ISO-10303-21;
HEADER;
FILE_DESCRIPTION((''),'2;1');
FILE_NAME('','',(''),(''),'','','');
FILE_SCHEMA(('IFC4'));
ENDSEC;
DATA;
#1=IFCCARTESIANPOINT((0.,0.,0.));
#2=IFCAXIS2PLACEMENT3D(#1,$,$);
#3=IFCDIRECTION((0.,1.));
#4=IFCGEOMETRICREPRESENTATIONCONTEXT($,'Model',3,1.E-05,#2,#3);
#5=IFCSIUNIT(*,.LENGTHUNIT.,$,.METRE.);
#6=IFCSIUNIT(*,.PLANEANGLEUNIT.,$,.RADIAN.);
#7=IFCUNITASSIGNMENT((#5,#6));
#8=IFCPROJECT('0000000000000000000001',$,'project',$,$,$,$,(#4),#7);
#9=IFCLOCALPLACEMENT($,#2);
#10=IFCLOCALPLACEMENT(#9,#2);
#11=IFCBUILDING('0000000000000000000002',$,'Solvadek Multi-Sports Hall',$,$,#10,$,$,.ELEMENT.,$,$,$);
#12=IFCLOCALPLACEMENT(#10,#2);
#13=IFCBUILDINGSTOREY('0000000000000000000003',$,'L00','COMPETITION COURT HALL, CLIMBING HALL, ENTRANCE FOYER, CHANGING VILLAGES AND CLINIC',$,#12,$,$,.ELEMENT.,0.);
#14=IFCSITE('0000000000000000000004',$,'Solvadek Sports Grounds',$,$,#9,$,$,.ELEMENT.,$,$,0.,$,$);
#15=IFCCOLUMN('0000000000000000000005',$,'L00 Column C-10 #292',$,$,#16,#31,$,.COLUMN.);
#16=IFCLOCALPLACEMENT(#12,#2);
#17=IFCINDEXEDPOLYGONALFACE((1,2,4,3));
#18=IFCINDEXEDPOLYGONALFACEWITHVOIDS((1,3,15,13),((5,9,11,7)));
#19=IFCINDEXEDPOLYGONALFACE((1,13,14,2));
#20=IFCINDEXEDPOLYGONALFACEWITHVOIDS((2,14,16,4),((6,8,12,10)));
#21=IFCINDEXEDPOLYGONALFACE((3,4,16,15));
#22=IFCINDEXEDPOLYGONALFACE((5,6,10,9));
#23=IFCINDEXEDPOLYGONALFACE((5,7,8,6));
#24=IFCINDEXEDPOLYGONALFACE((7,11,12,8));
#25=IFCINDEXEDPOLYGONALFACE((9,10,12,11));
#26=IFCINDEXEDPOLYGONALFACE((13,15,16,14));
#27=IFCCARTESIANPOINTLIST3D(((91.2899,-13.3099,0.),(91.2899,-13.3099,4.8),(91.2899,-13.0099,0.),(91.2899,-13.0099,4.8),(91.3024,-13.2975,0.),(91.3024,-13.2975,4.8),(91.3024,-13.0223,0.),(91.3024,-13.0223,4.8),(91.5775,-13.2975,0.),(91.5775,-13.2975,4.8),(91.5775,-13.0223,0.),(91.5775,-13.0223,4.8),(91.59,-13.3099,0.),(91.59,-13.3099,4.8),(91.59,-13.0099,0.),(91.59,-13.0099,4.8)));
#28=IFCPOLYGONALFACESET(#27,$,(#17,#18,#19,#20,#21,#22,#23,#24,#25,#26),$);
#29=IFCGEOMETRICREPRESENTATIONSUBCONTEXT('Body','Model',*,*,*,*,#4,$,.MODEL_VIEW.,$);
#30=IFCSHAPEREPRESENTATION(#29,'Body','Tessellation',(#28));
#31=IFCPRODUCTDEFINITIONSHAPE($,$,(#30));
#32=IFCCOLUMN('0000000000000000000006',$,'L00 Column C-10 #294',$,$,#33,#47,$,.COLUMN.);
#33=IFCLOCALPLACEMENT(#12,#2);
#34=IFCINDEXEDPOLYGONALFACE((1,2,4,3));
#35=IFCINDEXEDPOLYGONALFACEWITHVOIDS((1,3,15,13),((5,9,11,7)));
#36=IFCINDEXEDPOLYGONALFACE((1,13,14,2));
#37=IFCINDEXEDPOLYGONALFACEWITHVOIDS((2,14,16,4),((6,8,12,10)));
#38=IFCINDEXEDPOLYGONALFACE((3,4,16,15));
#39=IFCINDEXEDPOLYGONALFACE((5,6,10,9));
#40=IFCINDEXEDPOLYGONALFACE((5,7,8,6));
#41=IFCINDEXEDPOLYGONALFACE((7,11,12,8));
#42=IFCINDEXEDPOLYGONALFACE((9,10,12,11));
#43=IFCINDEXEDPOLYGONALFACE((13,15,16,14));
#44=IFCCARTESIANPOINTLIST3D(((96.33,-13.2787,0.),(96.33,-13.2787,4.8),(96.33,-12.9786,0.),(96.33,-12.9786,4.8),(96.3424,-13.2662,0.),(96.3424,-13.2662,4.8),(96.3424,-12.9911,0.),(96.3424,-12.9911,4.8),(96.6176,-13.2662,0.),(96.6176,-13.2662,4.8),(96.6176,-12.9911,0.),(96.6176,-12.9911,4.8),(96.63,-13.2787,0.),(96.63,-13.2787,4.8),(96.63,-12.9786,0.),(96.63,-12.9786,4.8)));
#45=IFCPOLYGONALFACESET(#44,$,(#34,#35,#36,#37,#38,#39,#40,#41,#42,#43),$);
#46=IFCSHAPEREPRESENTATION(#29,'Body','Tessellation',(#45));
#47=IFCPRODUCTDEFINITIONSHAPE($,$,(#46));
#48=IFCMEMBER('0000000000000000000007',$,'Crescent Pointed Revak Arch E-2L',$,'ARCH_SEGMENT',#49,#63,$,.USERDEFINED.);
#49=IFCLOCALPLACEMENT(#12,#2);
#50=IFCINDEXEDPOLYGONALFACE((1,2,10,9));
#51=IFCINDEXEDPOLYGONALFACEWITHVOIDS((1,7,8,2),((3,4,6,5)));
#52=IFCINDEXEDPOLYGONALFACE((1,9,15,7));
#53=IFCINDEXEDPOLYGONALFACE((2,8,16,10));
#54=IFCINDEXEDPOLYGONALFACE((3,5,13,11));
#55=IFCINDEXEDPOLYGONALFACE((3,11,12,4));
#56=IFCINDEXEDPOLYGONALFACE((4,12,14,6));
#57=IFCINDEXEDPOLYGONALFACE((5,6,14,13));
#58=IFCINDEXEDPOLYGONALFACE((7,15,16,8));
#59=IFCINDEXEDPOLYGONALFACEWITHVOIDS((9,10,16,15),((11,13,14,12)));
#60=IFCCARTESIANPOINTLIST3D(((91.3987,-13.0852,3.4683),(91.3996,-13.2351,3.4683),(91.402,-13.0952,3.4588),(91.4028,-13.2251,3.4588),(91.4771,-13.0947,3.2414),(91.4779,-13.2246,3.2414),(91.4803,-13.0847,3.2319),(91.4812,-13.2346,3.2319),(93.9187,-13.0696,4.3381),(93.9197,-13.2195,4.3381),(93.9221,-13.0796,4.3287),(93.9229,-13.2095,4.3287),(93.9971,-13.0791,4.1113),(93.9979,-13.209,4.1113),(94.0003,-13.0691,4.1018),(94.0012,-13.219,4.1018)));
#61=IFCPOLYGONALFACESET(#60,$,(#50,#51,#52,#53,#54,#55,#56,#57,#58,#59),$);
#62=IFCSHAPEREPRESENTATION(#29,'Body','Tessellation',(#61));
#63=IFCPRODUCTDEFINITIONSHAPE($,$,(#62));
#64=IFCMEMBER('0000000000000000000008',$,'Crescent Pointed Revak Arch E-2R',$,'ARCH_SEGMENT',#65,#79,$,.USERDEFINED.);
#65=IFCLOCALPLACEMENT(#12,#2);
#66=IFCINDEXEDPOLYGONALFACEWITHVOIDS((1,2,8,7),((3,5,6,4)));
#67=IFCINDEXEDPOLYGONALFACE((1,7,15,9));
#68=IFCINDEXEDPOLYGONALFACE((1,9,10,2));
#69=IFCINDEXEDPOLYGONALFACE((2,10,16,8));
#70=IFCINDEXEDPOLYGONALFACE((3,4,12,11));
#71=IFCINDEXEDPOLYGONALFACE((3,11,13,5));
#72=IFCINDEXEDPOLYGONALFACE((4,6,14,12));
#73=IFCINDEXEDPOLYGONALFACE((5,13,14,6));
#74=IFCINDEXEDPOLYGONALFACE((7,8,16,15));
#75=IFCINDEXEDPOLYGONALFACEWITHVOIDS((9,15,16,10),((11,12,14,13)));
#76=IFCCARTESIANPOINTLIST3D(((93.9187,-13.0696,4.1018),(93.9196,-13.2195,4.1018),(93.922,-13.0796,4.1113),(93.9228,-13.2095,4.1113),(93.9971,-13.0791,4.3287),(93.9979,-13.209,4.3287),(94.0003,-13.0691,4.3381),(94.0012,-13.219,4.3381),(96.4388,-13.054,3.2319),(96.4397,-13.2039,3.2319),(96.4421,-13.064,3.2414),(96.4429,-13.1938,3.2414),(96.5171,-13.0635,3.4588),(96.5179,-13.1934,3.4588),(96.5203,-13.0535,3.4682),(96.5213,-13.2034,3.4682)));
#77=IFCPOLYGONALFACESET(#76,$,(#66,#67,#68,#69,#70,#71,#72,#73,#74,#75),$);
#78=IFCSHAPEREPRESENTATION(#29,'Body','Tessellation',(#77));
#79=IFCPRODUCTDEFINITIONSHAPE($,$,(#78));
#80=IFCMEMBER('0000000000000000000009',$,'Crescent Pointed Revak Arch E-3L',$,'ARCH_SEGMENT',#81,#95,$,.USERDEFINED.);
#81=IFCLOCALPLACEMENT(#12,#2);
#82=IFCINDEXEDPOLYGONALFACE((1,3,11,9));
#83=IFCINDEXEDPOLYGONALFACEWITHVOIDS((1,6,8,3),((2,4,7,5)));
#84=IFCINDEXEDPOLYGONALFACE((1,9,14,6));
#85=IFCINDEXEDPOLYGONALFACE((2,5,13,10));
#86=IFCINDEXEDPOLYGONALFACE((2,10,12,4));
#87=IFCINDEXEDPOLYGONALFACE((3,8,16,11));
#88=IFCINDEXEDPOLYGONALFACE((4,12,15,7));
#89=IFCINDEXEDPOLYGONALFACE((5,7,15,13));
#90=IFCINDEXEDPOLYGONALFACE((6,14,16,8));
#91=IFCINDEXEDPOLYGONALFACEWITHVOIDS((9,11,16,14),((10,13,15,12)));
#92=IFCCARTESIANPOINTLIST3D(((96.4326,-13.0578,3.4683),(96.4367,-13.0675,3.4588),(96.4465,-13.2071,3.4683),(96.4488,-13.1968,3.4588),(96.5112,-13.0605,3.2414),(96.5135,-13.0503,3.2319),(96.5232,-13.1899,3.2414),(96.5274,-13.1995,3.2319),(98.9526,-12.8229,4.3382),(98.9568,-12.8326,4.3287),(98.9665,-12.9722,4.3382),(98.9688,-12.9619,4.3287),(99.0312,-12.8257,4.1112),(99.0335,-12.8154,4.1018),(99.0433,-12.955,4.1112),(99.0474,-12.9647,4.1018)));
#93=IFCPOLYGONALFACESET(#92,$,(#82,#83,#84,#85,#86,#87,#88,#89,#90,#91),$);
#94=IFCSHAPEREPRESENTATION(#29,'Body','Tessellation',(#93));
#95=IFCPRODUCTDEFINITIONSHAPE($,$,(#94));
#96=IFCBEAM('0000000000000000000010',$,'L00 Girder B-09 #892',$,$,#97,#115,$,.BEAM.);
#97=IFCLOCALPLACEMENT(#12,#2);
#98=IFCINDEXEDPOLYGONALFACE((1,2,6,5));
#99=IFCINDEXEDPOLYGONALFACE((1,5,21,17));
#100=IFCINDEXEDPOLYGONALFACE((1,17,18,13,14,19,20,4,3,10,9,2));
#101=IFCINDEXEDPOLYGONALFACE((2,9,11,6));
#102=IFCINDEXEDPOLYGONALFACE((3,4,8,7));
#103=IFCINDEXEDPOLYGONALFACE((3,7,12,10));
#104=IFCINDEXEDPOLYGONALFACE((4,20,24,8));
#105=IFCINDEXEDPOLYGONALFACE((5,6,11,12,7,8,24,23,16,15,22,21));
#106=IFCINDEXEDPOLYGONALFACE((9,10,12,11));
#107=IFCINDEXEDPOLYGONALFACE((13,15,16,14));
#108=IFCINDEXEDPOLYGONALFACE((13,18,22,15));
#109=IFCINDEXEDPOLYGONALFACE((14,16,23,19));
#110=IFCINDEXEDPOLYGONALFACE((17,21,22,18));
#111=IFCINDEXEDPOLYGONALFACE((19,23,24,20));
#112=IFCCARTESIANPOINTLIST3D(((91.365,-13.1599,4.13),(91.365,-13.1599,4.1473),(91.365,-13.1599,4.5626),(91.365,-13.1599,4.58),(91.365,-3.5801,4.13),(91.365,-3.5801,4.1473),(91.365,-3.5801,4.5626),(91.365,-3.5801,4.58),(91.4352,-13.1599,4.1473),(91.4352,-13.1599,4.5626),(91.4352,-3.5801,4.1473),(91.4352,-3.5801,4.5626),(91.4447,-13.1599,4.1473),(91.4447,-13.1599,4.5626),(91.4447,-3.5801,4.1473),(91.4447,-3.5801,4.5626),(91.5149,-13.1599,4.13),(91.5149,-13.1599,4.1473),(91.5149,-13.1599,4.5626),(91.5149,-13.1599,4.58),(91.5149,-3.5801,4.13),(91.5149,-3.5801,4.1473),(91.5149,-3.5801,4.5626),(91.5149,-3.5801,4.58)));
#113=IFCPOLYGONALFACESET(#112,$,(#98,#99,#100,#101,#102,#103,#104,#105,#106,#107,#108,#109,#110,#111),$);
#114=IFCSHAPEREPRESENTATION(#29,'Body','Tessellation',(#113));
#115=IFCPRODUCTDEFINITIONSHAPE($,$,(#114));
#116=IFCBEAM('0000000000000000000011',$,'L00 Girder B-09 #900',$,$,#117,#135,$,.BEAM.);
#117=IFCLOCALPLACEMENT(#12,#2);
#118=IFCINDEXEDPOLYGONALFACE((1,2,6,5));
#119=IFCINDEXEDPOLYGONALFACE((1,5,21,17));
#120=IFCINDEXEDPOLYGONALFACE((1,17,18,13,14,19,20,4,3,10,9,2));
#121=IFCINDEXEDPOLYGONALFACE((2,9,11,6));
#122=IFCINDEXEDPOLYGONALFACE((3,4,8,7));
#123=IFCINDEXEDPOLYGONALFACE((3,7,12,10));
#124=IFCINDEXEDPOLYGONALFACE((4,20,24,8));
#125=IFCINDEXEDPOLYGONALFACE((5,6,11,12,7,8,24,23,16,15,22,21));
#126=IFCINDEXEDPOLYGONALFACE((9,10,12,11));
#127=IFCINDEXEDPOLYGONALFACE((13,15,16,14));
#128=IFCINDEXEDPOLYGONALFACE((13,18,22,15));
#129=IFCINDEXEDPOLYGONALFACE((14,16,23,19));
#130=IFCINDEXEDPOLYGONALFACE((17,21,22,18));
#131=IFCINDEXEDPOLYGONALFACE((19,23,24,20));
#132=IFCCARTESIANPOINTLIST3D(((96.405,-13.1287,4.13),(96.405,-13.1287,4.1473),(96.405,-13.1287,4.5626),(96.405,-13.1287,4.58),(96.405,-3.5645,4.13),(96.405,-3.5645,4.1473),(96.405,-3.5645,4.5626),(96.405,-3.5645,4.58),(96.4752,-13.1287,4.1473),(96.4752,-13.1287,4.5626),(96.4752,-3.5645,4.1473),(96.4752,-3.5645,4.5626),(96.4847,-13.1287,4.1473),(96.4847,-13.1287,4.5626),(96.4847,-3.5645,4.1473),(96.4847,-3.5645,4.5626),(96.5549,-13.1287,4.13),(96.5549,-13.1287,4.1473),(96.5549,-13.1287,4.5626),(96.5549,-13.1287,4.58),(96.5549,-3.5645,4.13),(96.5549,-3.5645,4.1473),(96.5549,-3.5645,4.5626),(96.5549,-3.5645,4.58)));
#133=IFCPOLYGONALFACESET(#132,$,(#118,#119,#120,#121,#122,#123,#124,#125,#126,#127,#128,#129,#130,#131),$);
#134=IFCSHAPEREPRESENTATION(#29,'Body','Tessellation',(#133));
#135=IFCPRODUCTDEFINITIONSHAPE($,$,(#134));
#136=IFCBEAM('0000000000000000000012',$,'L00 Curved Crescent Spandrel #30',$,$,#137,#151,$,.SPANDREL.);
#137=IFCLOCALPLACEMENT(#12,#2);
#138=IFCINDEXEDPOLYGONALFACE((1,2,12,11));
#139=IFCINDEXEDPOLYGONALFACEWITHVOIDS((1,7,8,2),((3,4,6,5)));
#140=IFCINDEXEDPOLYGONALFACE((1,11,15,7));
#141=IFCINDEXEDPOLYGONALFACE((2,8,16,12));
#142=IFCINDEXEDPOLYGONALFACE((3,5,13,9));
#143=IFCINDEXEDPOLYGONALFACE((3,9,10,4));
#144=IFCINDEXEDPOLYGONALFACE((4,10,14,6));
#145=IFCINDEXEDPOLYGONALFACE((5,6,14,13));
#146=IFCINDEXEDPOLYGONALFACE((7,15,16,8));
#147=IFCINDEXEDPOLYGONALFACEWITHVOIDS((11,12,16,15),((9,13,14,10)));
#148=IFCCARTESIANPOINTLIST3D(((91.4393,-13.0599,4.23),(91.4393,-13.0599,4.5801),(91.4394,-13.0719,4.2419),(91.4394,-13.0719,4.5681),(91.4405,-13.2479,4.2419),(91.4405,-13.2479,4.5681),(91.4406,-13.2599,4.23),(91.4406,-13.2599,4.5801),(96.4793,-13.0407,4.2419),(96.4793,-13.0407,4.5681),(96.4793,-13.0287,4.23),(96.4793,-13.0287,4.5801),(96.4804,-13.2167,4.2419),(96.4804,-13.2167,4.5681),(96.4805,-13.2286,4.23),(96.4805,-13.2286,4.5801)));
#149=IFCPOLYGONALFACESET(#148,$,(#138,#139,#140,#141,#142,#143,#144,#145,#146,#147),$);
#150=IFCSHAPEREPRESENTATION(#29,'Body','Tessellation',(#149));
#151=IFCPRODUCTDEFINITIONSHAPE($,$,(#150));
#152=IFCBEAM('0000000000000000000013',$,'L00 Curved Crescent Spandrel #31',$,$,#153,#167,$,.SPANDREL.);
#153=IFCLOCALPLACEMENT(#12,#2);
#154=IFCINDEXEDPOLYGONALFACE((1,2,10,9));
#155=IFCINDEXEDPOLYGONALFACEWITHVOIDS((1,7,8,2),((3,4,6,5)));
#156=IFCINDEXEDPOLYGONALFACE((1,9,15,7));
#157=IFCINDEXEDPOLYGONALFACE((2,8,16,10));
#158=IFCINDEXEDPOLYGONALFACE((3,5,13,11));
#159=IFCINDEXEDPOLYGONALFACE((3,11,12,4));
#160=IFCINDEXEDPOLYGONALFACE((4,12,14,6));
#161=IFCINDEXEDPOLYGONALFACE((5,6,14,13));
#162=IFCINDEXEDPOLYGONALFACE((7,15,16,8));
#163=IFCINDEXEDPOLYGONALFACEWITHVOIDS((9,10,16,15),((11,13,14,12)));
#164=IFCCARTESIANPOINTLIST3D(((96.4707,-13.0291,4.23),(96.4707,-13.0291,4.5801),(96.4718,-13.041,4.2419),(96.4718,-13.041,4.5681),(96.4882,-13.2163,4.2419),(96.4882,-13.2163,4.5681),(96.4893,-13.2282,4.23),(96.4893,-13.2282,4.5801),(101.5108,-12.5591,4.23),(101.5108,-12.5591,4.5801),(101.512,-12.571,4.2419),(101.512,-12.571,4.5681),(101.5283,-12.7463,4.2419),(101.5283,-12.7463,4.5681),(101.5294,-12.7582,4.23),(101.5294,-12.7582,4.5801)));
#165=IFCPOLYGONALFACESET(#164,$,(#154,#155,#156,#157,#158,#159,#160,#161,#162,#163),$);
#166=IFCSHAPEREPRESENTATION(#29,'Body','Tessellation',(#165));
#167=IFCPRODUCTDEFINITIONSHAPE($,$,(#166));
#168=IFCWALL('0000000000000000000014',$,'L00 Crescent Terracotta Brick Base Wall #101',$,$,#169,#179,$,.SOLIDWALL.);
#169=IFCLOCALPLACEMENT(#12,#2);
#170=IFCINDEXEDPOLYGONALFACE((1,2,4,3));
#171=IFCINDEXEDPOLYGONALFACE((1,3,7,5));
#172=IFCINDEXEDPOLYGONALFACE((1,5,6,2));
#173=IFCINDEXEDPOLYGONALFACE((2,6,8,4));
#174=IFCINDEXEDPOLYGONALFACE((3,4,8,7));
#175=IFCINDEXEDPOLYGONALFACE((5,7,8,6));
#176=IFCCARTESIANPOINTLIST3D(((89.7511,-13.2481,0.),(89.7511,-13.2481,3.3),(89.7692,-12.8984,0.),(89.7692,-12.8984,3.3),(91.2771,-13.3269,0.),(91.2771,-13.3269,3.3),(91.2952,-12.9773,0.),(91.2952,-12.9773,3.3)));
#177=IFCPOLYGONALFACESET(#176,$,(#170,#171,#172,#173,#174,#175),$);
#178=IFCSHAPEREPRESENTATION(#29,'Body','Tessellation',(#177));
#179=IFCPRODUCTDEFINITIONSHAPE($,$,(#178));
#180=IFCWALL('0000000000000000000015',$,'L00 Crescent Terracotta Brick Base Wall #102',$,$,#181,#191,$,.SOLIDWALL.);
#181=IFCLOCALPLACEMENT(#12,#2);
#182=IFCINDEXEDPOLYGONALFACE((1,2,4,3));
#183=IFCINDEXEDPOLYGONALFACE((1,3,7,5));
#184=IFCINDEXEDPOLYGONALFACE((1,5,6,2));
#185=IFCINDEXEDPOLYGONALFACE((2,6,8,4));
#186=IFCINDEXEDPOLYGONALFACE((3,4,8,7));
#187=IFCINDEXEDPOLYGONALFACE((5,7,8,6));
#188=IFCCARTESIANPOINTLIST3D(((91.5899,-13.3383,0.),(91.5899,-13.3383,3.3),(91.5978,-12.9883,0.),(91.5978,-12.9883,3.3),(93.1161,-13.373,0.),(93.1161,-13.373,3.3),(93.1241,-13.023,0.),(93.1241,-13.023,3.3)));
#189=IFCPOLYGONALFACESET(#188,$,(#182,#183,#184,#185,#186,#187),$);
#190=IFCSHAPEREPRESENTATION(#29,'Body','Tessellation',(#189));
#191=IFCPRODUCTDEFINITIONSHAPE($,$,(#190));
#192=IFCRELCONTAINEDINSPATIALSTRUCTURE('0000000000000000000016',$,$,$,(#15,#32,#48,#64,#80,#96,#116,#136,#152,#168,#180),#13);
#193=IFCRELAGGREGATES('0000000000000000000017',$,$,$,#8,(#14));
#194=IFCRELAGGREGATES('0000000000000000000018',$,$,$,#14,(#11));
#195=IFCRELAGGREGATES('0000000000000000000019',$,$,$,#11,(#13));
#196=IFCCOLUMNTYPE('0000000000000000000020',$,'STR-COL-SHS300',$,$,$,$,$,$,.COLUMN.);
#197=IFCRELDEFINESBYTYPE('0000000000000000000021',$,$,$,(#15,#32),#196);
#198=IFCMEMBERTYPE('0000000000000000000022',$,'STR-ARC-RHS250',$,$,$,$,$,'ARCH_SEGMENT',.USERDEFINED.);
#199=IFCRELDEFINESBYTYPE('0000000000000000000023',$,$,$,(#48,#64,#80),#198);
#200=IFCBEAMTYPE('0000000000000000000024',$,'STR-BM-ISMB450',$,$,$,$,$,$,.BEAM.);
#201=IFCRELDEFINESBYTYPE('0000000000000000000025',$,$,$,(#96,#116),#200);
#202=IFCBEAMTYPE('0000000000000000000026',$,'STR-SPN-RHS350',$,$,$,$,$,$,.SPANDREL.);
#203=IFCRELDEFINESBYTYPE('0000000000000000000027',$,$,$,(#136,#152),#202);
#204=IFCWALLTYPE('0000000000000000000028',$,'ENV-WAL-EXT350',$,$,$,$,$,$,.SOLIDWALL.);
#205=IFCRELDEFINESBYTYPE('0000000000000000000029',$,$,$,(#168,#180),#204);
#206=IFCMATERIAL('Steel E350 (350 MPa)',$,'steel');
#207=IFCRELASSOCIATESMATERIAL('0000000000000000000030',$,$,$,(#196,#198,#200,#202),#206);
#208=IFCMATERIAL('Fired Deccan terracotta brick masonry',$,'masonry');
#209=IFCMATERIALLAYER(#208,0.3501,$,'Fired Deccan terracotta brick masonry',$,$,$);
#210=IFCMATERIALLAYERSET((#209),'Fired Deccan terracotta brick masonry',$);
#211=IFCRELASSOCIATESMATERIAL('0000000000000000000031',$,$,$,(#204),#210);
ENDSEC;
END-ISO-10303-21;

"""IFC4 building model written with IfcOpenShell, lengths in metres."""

from ifc_helpers import new_model, si_unit, direction, frame, frame_2d, origin, origin_2d, place, context, subcontext, project, spatial, rectangle, hollow_rectangle, i_section, extrude, material, layer, layer_set, material_profile, profile_set, type_object, element, save


model = new_model("IFC4")

# Units and contexts
model_context = context("Model", 3, precision=1e-05, world=origin(), true_north=direction((0.0, 1.0)))
body_context = subcontext(model_context, "Body", "Model", "MODEL_VIEW")
ifc_project = project(units=[si_unit("LENGTHUNIT", "METRE"), si_unit("PLANEANGLEUNIT", "RADIAN")], contexts=[model_context])

# Site, building, storey
site_placement = place(None, origin())
site = spatial("IfcSite", under=ifc_project, at=site_placement, Name="Solvadek Sports Grounds", CompositionType="ELEMENT", RefElevation=0.0)
building_placement = place(site_placement, origin())
building = spatial("IfcBuilding", under=site, at=building_placement, Name="Solvadek Multi-Sports Hall", CompositionType="ELEMENT")
storey_placement = place(building_placement, origin())
storey = spatial("IfcBuildingStorey", under=building, at=storey_placement, Name="L00", Description="COMPETITION COURT HALL, CLIMBING HALL, ENTRANCE FOYER, CHANGING VILLAGES AND CLINIC", CompositionType="ELEMENT", Elevation=0.0)

# Columns
ifc_material_1 = material(Name="Steel E350 (350 MPa)", Category="steel")
ifc_material_profile_1 = material_profile(ifc_material_1, hollow_rectangle(XDim=0.3, YDim=0.3, WallThickness=0.0125, at=origin_2d()), Name="SHS 300x300x12.5")
ifc_profile_set_1 = profile_set([ifc_material_profile_1], Name="Steel E350 (350 MPa)")
column_type = type_object("IfcColumnType", Name="STR-COL-SHS300", PredefinedType="COLUMN", material=ifc_profile_set_1)
for number, where, z_axis, x_axis, name in (
    (1, (91.4399, -13.1599, 0.0), (0.0, 0.0, 1.0), (1.0, 0.0, 0.0), "L00 Column C-10 #292"),
    (2, (96.48, -13.1287, 0.0), (0.0, 0.0, 1.0), (1.0, 0.0, 0.0), "L00 Column C-10 #294"),
):
    element("IfcColumn", number, at=place(storey_placement, frame(where, z_axis=z_axis, x_axis=x_axis)), inside=storey, type_object=column_type, Name=name, PredefinedType="COLUMN", context=body_context, shape_type="SweptSolid", body=[
        extrude(hollow_rectangle(XDim=0.3, YDim=0.3, WallThickness=0.0125, at=origin_2d()), origin(), (0.0, 0.0, 1.0), 4.8),
    ])

# Members
ifc_material_profile_2 = material_profile(ifc_material_1, hollow_rectangle(XDim=0.1499, YDim=0.25, WallThickness=0.01, at=origin_2d()), Name="RHS 250x150x10")
ifc_profile_set_2 = profile_set([ifc_material_profile_2], Name="Steel E350 (350 MPa)")
member_type = type_object("IfcMemberType", Name="STR-ARC-RHS250", ElementType="ARCH_SEGMENT", PredefinedType="USERDEFINED", material=ifc_profile_set_2)
for number, where, z_axis, x_axis, name in (
    (3, (91.4399, -13.1599, 3.3501), (0.945253, 0.005861, 0.326287), (-0.0062, 0.999981, 0.0), "Crescent Pointed Revak Arch E-2L"),
    (4, (93.96, -13.1443, 4.22), (0.945253, 0.005861, -0.326287), (-0.0062, 0.999981, 0.0), "Crescent Pointed Revak Arch E-2R"),
):
    element("IfcMember", number, at=place(storey_placement, frame(where, z_axis=z_axis, x_axis=x_axis)), inside=storey, type_object=member_type, Name=name, ObjectType="ARCH_SEGMENT", PredefinedType="USERDEFINED", context=body_context, shape_type="SweptSolid", body=[
        extrude(hollow_rectangle(XDim=0.1499, YDim=0.25, WallThickness=0.01, at=origin_2d()), origin(), (0.0, 0.0, 1.0), 2.666),
    ])
member_placement = place(storey_placement, frame((96.48, -13.1287, 3.3501), z_axis=(0.941622, 0.087758, 0.325034), x_axis=(-0.092797, 0.995685, 0.0)))
element("IfcMember", 5, at=member_placement, inside=storey, type_object=member_type, Name="Crescent Pointed Revak Arch E-3L", ObjectType="ARCH_SEGMENT", PredefinedType="USERDEFINED", context=body_context, shape_type="SweptSolid", body=[
    extrude(hollow_rectangle(XDim=0.1499, YDim=0.25, WallThickness=0.01, at=origin_2d()), origin(), (0.0, 0.0, 1.0), 2.6763),
])

# Beams
ifc_material_profile_3 = material_profile(ifc_material_1, i_section(OverallWidth=0.1499, OverallDepth=0.45, WebThickness=0.0095, FlangeThickness=0.0173, at=origin_2d()), Name="ISMB 450")
ifc_profile_set_3 = profile_set([ifc_material_profile_3], Name="Steel E350 (350 MPa)")
beam_type_1 = type_object("IfcBeamType", Name="STR-BM-ISMB450", PredefinedType="BEAM", material=ifc_profile_set_3)
beam_1_placement = place(storey_placement, frame((91.4399, -13.1599, 4.355), z_axis=(0.0, 1.0, 0.0), x_axis=(-1.0, 0.0, 0.0)))
element("IfcBeam", 6, at=beam_1_placement, inside=storey, type_object=beam_type_1, Name="L00 Girder B-09 #892", PredefinedType="BEAM", context=body_context, shape_type="SweptSolid", body=[
    extrude(i_section(OverallWidth=0.1499, OverallDepth=0.45, WebThickness=0.0095, FlangeThickness=0.0173, at=origin_2d()), origin(), (0.0, 0.0, 1.0), 9.5798),
])
beam_2_placement = place(storey_placement, frame((96.48, -13.1287, 4.355), z_axis=(0.0, 1.0, 0.0), x_axis=(-1.0, 0.0, 0.0)))
element("IfcBeam", 7, at=beam_2_placement, inside=storey, type_object=beam_type_1, Name="L00 Girder B-09 #900", PredefinedType="BEAM", context=body_context, shape_type="SweptSolid", body=[
    extrude(i_section(OverallWidth=0.1499, OverallDepth=0.45, WebThickness=0.0095, FlangeThickness=0.0173, at=origin_2d()), origin(), (0.0, 0.0, 1.0), 9.5642),
])
ifc_material_profile_4 = material_profile(ifc_material_1, hollow_rectangle(XDim=0.2, YDim=0.3501, WallThickness=0.012, at=origin_2d()), Name="RHS 350x200x12")
ifc_profile_set_4 = profile_set([ifc_material_profile_4], Name="Steel E350 (350 MPa)")
beam_type_2 = type_object("IfcBeamType", Name="STR-SPN-RHS350", PredefinedType="SPANDREL", material=ifc_profile_set_4)
beam_3_placement = place(storey_placement, frame((91.4399, -13.1599, 4.405), z_axis=(0.999981, 0.0062, 0.0), x_axis=(-0.0062, 0.999981, 0.0)))
element("IfcBeam", 8, at=beam_3_placement, inside=storey, type_object=beam_type_2, Name="L00 Curved Crescent Spandrel #30", PredefinedType="SPANDREL", context=body_context, shape_type="SweptSolid", body=[
    extrude(hollow_rectangle(XDim=0.2, YDim=0.3501, WallThickness=0.012, at=origin_2d()), origin(), (0.0, 0.0, 1.0), 5.04),
])
beam_4_placement = place(storey_placement, frame((96.48, -13.1287, 4.405), z_axis=(0.995681, 0.092845, 0.0), x_axis=(-0.092845, 0.995681, 0.0)))
element("IfcBeam", 9, at=beam_4_placement, inside=storey, type_object=beam_type_2, Name="L00 Curved Crescent Spandrel #31", PredefinedType="SPANDREL", context=body_context, shape_type="SweptSolid", body=[
    extrude(hollow_rectangle(XDim=0.2, YDim=0.3501, WallThickness=0.012, at=origin_2d()), origin(), (0.0, 0.0, 1.0), 5.062),
])

# Walls
ifc_material_2 = material(Name="Fired Deccan terracotta brick masonry", Category="masonry")
ifc_layer_1 = layer(ifc_material_2, 0.3501, Name="Fired Deccan terracotta brick masonry")
ifc_layer_set_1 = layer_set([ifc_layer_1], Name="Fired Deccan terracotta brick masonry")
wall_type = type_object("IfcWallType", Name="ENV-WAL-EXT350", PredefinedType="SOLIDWALL", material=ifc_layer_set_1)
wall_1_placement = place(storey_placement, frame((89.76, -13.0732, 0.0), z_axis=(0.0, 0.0, 1.0), x_axis=(0.998668, -0.051603, 0.0)))
element("IfcWall", 10, at=wall_1_placement, inside=storey, type_object=wall_type, Name="L00 Crescent Terracotta Brick Base Wall #101", PredefinedType="SOLIDWALL", context=body_context, shape_type="SweptSolid", body=[
    extrude(rectangle(XDim=1.5281, YDim=0.3501, at=frame_2d((0.7642, 0.0))), origin(), (0.0, 0.0, 1.0), 3.3),
])
wall_2_placement = place(storey_placement, frame((91.594, -13.1633, 0.0), z_axis=(0.0, 0.0, 1.0), x_axis=(0.999742, -0.022711, 0.0)))
element("IfcWall", 11, at=wall_2_placement, inside=storey, type_object=wall_type, Name="L00 Crescent Terracotta Brick Base Wall #102", PredefinedType="SOLIDWALL", context=body_context, shape_type="SweptSolid", body=[
    extrude(rectangle(XDim=1.5266, YDim=0.3501, at=frame_2d((0.7632, 0.0))), origin(), (0.0, 0.0, 1.0), 3.3),
])

save(model, "model.ifc")
